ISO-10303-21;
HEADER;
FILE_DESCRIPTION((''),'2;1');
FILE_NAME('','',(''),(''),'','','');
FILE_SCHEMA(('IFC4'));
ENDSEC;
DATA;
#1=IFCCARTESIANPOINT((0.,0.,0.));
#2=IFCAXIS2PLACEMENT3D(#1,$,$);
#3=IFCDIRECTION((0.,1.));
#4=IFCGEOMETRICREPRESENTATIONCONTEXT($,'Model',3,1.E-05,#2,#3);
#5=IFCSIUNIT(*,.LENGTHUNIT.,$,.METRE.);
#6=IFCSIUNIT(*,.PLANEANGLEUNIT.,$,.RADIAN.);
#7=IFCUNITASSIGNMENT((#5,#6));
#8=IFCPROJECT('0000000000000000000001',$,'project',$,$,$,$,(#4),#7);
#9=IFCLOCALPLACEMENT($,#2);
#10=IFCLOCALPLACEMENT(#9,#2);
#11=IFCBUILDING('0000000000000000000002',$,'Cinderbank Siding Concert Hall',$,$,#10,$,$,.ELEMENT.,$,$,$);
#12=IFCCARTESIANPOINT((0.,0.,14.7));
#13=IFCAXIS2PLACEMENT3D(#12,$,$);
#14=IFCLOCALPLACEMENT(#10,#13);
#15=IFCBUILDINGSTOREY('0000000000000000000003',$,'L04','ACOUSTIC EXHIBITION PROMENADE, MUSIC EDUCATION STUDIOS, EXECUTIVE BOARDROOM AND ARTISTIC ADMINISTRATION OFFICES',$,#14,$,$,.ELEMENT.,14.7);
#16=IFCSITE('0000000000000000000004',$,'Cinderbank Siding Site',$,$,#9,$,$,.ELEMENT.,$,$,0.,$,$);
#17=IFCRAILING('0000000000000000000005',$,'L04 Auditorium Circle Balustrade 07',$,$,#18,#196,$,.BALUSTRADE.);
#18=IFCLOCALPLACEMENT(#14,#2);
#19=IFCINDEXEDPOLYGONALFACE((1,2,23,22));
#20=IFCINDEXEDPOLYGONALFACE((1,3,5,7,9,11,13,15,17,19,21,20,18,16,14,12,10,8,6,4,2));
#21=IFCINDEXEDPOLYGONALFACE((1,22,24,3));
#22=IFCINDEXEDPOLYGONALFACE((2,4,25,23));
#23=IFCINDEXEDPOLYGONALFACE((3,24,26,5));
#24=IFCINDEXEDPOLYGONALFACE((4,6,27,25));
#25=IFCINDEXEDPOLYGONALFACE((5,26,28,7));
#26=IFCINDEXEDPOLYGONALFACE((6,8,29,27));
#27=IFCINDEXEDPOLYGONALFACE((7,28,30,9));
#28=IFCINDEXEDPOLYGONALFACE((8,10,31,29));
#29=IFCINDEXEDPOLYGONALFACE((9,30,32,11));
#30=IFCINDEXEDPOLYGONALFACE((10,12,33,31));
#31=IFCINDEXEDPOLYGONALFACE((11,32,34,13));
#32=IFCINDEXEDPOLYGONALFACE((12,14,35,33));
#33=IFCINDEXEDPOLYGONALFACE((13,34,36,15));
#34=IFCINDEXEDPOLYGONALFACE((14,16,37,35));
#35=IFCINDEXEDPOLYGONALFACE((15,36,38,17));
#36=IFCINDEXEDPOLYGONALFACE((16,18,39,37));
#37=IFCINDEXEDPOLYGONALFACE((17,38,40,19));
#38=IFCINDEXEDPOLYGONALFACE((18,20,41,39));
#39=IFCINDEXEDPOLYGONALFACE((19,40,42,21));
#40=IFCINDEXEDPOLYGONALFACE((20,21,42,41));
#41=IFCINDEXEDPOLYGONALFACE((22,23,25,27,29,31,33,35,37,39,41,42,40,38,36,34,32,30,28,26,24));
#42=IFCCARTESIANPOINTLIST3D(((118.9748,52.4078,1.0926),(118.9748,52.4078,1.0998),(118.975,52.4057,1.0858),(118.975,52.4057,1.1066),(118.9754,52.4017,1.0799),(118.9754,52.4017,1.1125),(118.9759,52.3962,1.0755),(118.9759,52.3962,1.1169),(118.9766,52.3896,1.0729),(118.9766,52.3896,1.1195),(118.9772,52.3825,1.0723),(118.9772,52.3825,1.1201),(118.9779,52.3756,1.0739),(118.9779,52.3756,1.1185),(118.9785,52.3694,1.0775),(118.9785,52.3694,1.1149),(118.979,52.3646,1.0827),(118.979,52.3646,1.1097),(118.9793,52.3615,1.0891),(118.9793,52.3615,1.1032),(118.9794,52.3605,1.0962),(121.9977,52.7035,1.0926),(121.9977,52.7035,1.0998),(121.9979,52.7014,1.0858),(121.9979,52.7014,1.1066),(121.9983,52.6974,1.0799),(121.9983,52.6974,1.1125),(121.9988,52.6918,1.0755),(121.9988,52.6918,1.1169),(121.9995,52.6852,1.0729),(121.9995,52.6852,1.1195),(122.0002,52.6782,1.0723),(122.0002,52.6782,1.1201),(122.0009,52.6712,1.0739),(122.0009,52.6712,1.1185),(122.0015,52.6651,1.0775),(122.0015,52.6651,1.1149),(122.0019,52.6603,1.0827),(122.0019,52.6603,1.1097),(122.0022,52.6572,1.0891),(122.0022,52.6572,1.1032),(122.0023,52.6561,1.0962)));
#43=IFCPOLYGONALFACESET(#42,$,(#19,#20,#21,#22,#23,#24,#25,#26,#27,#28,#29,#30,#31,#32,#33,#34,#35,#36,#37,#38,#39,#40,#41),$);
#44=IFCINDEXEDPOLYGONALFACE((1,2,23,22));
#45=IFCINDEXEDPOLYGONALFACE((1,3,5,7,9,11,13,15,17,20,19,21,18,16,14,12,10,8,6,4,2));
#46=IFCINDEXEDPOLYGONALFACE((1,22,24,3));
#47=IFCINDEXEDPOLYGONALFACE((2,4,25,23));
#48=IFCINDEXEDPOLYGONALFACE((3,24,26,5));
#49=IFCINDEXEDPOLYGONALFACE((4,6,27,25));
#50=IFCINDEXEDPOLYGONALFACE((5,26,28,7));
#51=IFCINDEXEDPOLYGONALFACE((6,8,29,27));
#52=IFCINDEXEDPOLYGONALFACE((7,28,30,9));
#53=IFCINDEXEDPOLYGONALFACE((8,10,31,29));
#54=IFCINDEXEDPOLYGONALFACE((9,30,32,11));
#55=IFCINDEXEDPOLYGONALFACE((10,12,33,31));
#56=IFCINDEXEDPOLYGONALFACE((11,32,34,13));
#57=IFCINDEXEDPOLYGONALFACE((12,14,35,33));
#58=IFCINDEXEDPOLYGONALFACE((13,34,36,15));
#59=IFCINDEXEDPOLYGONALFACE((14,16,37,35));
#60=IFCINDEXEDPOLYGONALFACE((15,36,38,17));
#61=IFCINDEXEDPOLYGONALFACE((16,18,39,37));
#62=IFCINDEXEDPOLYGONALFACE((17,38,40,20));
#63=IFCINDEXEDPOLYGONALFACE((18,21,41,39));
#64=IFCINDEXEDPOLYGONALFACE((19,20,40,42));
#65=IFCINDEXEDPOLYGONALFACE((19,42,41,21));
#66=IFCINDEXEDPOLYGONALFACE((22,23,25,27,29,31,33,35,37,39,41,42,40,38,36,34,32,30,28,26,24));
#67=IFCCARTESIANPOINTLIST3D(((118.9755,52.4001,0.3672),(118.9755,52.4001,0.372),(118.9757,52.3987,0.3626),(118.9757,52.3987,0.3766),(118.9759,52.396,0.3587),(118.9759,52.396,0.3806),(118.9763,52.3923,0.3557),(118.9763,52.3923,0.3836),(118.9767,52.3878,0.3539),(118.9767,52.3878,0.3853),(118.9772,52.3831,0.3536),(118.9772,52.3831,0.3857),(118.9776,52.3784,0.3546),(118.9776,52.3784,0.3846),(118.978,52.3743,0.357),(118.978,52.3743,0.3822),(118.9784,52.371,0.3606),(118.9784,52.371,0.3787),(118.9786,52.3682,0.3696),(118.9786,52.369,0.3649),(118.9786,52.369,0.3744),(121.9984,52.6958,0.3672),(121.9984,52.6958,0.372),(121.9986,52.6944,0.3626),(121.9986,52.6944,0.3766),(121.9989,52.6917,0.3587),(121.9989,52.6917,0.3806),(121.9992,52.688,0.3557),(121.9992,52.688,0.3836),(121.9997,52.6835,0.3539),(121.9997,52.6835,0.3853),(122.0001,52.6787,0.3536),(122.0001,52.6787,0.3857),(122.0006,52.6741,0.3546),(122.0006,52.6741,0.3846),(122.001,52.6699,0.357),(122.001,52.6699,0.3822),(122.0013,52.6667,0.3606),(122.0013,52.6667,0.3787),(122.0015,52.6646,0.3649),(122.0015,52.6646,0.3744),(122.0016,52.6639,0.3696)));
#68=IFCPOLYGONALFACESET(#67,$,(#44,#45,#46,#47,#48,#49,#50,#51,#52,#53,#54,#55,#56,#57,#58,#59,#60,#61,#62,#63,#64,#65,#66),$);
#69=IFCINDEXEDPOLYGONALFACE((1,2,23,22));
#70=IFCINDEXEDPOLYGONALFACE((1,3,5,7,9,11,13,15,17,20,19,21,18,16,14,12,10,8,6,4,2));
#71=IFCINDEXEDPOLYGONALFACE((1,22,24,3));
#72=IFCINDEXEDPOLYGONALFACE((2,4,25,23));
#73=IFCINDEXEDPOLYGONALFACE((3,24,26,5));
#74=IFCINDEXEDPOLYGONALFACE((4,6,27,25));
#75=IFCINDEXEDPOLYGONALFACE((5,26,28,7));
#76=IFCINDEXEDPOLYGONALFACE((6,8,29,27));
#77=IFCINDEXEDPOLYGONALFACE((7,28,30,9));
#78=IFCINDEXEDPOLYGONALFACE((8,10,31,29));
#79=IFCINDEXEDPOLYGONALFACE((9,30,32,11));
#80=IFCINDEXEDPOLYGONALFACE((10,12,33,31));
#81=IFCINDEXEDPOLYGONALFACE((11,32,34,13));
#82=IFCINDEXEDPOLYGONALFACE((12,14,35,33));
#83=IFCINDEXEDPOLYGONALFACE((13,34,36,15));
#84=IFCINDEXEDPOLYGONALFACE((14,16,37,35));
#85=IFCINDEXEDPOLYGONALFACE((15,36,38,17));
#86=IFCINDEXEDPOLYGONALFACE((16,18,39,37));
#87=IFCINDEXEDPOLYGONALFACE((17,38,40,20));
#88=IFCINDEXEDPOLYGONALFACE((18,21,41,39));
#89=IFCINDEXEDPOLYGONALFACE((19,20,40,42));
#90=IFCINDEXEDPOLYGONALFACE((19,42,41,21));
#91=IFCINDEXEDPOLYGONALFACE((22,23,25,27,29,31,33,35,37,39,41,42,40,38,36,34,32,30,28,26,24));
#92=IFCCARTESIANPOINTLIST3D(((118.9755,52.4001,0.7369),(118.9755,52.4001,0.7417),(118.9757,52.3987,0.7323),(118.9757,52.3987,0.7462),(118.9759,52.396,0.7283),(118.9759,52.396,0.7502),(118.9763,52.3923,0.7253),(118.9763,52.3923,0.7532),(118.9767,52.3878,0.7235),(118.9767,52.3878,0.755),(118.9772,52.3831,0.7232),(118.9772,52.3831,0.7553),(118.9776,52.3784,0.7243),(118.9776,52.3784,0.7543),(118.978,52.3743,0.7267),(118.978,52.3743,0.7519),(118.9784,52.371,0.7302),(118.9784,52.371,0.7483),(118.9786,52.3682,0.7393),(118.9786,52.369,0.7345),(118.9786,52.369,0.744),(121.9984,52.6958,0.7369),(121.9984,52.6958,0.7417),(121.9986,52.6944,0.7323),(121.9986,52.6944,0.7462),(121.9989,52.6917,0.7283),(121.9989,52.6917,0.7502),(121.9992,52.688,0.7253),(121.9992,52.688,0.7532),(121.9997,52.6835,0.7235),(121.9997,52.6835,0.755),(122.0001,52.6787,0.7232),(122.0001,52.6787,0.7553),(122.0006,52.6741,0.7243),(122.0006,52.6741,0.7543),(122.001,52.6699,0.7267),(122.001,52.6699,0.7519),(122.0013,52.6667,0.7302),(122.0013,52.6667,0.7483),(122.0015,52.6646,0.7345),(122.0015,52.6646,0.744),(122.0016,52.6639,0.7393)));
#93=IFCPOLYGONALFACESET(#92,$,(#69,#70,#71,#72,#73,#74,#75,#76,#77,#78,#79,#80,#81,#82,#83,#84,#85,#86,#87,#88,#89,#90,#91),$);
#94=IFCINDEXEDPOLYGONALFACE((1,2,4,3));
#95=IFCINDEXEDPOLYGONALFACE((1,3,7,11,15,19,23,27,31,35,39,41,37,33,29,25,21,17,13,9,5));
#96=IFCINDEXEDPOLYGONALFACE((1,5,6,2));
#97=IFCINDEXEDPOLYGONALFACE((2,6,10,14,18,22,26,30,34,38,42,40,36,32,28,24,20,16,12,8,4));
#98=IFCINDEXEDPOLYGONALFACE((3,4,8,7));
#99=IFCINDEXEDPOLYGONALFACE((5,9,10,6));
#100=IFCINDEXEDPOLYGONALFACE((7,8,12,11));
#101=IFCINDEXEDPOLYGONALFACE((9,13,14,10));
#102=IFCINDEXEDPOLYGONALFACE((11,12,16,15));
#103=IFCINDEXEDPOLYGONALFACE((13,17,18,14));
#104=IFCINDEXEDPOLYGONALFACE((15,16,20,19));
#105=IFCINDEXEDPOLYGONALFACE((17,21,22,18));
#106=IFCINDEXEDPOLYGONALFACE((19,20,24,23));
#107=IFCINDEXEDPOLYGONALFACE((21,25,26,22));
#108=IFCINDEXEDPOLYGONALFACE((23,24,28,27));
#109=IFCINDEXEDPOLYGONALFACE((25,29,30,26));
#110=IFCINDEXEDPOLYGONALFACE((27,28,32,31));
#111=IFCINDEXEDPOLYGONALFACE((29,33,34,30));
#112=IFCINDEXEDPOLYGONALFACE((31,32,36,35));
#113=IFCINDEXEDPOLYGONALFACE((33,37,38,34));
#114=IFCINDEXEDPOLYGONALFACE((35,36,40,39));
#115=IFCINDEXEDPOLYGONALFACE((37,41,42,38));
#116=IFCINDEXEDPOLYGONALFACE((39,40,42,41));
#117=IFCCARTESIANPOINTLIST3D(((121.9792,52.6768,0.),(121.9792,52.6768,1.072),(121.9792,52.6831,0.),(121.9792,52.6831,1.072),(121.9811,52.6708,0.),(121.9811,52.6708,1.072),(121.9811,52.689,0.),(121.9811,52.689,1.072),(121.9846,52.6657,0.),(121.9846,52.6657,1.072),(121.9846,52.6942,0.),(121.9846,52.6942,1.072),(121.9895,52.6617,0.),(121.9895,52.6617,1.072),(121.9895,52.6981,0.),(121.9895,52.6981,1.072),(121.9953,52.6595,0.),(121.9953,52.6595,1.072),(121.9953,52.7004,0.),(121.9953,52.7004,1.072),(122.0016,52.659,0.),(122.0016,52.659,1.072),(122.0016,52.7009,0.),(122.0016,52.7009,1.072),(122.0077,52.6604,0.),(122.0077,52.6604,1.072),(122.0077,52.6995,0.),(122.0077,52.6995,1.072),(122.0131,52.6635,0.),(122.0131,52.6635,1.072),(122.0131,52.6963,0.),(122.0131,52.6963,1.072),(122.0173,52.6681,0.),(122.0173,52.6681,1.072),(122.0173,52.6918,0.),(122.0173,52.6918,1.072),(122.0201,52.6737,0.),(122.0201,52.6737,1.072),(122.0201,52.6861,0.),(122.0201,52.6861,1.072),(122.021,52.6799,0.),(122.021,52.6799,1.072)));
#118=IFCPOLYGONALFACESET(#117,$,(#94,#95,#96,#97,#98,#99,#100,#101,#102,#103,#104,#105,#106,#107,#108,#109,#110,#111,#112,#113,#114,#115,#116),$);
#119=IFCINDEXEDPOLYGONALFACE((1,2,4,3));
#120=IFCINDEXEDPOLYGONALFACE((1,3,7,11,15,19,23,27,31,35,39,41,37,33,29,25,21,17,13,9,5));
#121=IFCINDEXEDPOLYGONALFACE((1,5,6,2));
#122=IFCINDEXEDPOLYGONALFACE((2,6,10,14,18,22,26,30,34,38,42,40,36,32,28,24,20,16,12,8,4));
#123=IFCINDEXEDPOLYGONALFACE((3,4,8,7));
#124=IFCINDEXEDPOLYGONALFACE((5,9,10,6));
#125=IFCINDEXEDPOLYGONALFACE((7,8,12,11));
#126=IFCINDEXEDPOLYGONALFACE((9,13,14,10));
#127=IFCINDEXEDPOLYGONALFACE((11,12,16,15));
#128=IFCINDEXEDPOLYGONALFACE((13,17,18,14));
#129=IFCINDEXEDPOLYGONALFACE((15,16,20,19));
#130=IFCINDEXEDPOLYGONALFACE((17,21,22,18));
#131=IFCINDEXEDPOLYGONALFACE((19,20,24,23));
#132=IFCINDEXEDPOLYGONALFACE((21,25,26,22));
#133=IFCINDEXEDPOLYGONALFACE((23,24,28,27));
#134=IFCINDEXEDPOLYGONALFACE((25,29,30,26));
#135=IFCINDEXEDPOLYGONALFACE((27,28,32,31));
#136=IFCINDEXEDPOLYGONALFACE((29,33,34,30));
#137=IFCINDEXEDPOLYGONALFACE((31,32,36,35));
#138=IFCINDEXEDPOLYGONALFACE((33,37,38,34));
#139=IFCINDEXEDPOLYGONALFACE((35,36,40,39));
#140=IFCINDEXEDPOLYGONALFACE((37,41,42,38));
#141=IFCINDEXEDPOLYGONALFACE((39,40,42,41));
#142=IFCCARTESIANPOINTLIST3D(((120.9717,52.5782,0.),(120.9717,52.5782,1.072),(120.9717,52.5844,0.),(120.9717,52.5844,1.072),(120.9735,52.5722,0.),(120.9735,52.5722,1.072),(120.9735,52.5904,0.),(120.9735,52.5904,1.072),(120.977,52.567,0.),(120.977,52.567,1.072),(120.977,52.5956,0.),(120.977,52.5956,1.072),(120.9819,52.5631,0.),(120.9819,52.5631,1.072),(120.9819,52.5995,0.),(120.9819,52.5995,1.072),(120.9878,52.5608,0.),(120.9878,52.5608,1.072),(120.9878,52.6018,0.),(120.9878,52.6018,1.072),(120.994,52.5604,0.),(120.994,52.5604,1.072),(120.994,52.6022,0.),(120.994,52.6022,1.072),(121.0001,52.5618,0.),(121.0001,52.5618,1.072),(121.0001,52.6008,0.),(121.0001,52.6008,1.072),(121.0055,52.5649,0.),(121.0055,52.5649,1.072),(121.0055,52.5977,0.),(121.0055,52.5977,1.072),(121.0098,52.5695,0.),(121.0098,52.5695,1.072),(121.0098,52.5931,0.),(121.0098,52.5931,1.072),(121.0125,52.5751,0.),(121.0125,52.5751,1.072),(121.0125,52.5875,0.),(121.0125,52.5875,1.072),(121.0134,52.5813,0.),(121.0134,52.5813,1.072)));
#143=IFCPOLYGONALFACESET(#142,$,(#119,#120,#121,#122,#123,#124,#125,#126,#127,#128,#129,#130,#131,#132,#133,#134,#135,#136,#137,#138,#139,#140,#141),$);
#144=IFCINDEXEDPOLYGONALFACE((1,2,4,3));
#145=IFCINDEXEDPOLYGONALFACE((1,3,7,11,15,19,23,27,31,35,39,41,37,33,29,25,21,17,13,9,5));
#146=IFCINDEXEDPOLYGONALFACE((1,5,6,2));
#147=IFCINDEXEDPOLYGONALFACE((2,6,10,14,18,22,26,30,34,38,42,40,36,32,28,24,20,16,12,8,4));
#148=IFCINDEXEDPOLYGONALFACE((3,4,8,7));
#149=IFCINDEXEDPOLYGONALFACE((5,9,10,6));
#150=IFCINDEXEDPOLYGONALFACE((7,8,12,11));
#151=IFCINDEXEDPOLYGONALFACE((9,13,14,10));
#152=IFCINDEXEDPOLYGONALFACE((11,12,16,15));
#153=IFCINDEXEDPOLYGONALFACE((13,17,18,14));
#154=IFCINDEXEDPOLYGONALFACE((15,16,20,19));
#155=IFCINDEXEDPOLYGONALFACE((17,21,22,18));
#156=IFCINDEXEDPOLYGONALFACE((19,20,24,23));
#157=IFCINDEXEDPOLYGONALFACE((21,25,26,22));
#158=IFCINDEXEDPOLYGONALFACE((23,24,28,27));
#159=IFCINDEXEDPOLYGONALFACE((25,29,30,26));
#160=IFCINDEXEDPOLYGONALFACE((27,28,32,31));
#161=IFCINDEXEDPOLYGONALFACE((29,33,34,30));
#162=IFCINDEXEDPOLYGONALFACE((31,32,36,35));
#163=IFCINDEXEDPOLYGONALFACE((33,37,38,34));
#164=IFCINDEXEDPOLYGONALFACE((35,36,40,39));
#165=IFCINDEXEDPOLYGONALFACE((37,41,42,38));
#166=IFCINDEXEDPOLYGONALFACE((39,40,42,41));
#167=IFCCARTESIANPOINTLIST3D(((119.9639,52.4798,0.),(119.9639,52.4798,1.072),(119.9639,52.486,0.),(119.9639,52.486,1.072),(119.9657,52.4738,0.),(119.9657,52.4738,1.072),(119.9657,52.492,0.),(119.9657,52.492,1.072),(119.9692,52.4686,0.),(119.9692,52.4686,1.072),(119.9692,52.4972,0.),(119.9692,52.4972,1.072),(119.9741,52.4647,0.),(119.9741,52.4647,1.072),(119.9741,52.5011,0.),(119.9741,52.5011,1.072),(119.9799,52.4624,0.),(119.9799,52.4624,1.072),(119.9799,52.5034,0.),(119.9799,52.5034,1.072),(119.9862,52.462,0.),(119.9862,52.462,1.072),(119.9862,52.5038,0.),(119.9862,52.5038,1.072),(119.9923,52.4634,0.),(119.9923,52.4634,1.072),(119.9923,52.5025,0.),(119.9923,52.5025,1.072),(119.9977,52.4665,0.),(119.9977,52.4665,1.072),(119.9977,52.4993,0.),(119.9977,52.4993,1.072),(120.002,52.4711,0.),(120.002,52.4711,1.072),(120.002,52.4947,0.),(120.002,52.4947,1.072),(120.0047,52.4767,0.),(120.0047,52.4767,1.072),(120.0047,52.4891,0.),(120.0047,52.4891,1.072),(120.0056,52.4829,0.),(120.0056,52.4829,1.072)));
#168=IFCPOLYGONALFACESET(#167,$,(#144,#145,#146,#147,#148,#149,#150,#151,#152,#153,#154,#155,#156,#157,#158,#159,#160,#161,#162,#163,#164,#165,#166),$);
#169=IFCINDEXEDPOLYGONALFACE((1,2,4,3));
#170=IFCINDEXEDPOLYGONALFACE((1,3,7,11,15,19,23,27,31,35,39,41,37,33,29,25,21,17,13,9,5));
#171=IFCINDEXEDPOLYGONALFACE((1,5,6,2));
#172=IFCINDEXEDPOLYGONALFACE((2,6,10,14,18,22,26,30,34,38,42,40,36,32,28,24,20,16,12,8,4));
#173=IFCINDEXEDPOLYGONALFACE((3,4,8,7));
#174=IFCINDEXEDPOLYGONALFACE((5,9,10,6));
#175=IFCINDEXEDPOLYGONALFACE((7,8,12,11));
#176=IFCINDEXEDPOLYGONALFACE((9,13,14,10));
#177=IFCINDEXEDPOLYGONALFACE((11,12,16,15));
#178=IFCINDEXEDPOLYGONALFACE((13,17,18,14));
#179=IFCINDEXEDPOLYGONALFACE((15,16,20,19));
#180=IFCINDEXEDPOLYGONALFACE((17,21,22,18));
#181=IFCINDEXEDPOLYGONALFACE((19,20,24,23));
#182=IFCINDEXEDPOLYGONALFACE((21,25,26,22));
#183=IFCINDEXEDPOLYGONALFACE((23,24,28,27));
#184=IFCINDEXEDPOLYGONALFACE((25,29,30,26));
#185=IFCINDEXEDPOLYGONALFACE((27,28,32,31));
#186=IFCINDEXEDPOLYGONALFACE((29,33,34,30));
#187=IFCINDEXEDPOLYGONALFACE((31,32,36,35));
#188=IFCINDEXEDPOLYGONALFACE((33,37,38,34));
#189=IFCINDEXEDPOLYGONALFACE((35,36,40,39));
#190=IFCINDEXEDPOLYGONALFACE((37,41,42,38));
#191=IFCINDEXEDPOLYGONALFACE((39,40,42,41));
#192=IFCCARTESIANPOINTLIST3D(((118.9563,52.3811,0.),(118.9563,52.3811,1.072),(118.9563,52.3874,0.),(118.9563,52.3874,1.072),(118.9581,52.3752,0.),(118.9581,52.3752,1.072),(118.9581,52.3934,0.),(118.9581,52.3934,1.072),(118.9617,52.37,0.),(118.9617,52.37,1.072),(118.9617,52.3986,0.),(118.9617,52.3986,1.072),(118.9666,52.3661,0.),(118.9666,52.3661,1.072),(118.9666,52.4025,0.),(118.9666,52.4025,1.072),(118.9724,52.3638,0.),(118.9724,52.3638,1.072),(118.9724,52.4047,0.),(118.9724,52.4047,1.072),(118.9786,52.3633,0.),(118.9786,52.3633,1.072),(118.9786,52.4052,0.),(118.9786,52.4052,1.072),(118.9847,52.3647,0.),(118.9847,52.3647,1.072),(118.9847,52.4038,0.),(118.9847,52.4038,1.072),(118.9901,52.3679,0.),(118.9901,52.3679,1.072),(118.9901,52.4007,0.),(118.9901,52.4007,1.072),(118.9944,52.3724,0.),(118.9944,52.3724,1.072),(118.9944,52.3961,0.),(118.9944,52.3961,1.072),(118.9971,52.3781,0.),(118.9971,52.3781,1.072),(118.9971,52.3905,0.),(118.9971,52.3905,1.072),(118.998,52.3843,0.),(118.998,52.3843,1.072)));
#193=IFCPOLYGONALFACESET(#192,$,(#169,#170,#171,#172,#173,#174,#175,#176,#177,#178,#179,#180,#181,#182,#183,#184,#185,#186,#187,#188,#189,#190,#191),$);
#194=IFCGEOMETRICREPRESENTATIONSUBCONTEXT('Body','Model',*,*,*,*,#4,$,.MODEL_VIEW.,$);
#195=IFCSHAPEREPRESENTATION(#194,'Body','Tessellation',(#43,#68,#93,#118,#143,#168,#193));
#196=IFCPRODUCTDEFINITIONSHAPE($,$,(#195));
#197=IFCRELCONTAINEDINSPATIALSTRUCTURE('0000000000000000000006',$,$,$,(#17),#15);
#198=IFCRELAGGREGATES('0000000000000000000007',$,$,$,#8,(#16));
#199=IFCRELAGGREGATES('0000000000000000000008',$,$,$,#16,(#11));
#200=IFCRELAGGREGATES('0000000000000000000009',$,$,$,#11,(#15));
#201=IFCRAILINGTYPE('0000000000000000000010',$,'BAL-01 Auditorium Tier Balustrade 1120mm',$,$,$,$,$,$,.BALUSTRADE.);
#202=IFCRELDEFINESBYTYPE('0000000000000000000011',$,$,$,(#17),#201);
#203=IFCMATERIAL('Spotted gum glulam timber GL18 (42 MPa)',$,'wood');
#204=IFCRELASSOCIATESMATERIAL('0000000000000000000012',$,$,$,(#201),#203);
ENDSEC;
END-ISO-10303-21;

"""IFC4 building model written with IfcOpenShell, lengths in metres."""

from ifc_helpers import new_model, si_unit, direction, frame, origin, origin_2d, place, context, subcontext, project, spatial, circle, extrude, material, type_object, element, save


model = new_model("IFC4")

# Units and contexts
model_context = context("Model", 3, precision=1e-05, world=origin(), true_north=direction((0.0, 1.0)))
body_context = subcontext(model_context, "Body", "Model", "MODEL_VIEW")
ifc_project = project(units=[si_unit("LENGTHUNIT", "METRE"), si_unit("PLANEANGLEUNIT", "RADIAN")], contexts=[model_context])

# Site, building, storey
site_placement = place(None, origin())
site = spatial("IfcSite", under=ifc_project, at=site_placement, Name="Cinderbank Siding Site", CompositionType="ELEMENT", RefElevation=0.0)
building_placement = place(site_placement, origin())
building = spatial("IfcBuilding", under=site, at=building_placement, Name="Cinderbank Siding Concert Hall", CompositionType="ELEMENT")
storey_placement = place(building_placement, frame((0.0, 0.0, 14.7)))
storey = spatial("IfcBuildingStorey", under=building, at=storey_placement, Name="L04", Description="ACOUSTIC EXHIBITION PROMENADE, MUSIC EDUCATION STUDIOS, EXECUTIVE BOARDROOM AND ARTISTIC ADMINISTRATION OFFICES", CompositionType="ELEMENT", Elevation=14.7)

# Shared definitions
ifc_material_1 = material(Name="Spotted gum glulam timber GL18 (42 MPa)", Category="wood")

# Railing
railing_type = type_object("IfcRailingType", Name="BAL-01 Auditorium Tier Balustrade 1120mm", PredefinedType="BALUSTRADE", material=ifc_material_1)
railing_1_placement = place(storey_placement, frame((122.0, 52.6799, 0.0)))
element("IfcRailing", 1, at=railing_1_placement, inside=storey, type_object=railing_type, Name="L04 Auditorium Circle Balustrade 07", PredefinedType="BALUSTRADE", context=body_context, shape_type="SweptSolid", body=[
    extrude(circle(Radius=0.0239, at=origin_2d()), frame((0.0, 0.0, 1.0962), z_axis=(-0.995251, -0.097339, 0.0), x_axis=(0.097339, -0.995251, 0.0)), (0.0, 0.0, 1.0), 3.0374),
    extrude(circle(Radius=0.0161, at=origin_2d()), frame((0.0, 0.0, 0.3696), z_axis=(-0.995251, -0.097339, 0.0), x_axis=(0.097339, -0.995251, 0.0)), (0.0, 0.0, 1.0), 3.0374),
    extrude(circle(Radius=0.0161, at=origin_2d()), frame((0.0, 0.0, 0.7393), z_axis=(-0.995251, -0.097339, 0.0), x_axis=(0.097339, -0.995251, 0.0)), (0.0, 0.0, 1.0), 3.0374),
    extrude(circle(Radius=0.021, at=origin_2d()), origin(), (0.0, 0.0, 1.0), 1.072),
    extrude(circle(Radius=0.021, at=origin_2d()), frame((-1.0076, -0.0986, 0.0)), (0.0, 0.0, 1.0), 1.072),
    extrude(circle(Radius=0.021, at=origin_2d()), frame((-2.0154, -0.197, 0.0)), (0.0, 0.0, 1.0), 1.072),
    extrude(circle(Radius=0.021, at=origin_2d()), frame((-3.0229, -0.2957, 0.0)), (0.0, 0.0, 1.0), 1.072),
])

save(model, "model.ifc")
